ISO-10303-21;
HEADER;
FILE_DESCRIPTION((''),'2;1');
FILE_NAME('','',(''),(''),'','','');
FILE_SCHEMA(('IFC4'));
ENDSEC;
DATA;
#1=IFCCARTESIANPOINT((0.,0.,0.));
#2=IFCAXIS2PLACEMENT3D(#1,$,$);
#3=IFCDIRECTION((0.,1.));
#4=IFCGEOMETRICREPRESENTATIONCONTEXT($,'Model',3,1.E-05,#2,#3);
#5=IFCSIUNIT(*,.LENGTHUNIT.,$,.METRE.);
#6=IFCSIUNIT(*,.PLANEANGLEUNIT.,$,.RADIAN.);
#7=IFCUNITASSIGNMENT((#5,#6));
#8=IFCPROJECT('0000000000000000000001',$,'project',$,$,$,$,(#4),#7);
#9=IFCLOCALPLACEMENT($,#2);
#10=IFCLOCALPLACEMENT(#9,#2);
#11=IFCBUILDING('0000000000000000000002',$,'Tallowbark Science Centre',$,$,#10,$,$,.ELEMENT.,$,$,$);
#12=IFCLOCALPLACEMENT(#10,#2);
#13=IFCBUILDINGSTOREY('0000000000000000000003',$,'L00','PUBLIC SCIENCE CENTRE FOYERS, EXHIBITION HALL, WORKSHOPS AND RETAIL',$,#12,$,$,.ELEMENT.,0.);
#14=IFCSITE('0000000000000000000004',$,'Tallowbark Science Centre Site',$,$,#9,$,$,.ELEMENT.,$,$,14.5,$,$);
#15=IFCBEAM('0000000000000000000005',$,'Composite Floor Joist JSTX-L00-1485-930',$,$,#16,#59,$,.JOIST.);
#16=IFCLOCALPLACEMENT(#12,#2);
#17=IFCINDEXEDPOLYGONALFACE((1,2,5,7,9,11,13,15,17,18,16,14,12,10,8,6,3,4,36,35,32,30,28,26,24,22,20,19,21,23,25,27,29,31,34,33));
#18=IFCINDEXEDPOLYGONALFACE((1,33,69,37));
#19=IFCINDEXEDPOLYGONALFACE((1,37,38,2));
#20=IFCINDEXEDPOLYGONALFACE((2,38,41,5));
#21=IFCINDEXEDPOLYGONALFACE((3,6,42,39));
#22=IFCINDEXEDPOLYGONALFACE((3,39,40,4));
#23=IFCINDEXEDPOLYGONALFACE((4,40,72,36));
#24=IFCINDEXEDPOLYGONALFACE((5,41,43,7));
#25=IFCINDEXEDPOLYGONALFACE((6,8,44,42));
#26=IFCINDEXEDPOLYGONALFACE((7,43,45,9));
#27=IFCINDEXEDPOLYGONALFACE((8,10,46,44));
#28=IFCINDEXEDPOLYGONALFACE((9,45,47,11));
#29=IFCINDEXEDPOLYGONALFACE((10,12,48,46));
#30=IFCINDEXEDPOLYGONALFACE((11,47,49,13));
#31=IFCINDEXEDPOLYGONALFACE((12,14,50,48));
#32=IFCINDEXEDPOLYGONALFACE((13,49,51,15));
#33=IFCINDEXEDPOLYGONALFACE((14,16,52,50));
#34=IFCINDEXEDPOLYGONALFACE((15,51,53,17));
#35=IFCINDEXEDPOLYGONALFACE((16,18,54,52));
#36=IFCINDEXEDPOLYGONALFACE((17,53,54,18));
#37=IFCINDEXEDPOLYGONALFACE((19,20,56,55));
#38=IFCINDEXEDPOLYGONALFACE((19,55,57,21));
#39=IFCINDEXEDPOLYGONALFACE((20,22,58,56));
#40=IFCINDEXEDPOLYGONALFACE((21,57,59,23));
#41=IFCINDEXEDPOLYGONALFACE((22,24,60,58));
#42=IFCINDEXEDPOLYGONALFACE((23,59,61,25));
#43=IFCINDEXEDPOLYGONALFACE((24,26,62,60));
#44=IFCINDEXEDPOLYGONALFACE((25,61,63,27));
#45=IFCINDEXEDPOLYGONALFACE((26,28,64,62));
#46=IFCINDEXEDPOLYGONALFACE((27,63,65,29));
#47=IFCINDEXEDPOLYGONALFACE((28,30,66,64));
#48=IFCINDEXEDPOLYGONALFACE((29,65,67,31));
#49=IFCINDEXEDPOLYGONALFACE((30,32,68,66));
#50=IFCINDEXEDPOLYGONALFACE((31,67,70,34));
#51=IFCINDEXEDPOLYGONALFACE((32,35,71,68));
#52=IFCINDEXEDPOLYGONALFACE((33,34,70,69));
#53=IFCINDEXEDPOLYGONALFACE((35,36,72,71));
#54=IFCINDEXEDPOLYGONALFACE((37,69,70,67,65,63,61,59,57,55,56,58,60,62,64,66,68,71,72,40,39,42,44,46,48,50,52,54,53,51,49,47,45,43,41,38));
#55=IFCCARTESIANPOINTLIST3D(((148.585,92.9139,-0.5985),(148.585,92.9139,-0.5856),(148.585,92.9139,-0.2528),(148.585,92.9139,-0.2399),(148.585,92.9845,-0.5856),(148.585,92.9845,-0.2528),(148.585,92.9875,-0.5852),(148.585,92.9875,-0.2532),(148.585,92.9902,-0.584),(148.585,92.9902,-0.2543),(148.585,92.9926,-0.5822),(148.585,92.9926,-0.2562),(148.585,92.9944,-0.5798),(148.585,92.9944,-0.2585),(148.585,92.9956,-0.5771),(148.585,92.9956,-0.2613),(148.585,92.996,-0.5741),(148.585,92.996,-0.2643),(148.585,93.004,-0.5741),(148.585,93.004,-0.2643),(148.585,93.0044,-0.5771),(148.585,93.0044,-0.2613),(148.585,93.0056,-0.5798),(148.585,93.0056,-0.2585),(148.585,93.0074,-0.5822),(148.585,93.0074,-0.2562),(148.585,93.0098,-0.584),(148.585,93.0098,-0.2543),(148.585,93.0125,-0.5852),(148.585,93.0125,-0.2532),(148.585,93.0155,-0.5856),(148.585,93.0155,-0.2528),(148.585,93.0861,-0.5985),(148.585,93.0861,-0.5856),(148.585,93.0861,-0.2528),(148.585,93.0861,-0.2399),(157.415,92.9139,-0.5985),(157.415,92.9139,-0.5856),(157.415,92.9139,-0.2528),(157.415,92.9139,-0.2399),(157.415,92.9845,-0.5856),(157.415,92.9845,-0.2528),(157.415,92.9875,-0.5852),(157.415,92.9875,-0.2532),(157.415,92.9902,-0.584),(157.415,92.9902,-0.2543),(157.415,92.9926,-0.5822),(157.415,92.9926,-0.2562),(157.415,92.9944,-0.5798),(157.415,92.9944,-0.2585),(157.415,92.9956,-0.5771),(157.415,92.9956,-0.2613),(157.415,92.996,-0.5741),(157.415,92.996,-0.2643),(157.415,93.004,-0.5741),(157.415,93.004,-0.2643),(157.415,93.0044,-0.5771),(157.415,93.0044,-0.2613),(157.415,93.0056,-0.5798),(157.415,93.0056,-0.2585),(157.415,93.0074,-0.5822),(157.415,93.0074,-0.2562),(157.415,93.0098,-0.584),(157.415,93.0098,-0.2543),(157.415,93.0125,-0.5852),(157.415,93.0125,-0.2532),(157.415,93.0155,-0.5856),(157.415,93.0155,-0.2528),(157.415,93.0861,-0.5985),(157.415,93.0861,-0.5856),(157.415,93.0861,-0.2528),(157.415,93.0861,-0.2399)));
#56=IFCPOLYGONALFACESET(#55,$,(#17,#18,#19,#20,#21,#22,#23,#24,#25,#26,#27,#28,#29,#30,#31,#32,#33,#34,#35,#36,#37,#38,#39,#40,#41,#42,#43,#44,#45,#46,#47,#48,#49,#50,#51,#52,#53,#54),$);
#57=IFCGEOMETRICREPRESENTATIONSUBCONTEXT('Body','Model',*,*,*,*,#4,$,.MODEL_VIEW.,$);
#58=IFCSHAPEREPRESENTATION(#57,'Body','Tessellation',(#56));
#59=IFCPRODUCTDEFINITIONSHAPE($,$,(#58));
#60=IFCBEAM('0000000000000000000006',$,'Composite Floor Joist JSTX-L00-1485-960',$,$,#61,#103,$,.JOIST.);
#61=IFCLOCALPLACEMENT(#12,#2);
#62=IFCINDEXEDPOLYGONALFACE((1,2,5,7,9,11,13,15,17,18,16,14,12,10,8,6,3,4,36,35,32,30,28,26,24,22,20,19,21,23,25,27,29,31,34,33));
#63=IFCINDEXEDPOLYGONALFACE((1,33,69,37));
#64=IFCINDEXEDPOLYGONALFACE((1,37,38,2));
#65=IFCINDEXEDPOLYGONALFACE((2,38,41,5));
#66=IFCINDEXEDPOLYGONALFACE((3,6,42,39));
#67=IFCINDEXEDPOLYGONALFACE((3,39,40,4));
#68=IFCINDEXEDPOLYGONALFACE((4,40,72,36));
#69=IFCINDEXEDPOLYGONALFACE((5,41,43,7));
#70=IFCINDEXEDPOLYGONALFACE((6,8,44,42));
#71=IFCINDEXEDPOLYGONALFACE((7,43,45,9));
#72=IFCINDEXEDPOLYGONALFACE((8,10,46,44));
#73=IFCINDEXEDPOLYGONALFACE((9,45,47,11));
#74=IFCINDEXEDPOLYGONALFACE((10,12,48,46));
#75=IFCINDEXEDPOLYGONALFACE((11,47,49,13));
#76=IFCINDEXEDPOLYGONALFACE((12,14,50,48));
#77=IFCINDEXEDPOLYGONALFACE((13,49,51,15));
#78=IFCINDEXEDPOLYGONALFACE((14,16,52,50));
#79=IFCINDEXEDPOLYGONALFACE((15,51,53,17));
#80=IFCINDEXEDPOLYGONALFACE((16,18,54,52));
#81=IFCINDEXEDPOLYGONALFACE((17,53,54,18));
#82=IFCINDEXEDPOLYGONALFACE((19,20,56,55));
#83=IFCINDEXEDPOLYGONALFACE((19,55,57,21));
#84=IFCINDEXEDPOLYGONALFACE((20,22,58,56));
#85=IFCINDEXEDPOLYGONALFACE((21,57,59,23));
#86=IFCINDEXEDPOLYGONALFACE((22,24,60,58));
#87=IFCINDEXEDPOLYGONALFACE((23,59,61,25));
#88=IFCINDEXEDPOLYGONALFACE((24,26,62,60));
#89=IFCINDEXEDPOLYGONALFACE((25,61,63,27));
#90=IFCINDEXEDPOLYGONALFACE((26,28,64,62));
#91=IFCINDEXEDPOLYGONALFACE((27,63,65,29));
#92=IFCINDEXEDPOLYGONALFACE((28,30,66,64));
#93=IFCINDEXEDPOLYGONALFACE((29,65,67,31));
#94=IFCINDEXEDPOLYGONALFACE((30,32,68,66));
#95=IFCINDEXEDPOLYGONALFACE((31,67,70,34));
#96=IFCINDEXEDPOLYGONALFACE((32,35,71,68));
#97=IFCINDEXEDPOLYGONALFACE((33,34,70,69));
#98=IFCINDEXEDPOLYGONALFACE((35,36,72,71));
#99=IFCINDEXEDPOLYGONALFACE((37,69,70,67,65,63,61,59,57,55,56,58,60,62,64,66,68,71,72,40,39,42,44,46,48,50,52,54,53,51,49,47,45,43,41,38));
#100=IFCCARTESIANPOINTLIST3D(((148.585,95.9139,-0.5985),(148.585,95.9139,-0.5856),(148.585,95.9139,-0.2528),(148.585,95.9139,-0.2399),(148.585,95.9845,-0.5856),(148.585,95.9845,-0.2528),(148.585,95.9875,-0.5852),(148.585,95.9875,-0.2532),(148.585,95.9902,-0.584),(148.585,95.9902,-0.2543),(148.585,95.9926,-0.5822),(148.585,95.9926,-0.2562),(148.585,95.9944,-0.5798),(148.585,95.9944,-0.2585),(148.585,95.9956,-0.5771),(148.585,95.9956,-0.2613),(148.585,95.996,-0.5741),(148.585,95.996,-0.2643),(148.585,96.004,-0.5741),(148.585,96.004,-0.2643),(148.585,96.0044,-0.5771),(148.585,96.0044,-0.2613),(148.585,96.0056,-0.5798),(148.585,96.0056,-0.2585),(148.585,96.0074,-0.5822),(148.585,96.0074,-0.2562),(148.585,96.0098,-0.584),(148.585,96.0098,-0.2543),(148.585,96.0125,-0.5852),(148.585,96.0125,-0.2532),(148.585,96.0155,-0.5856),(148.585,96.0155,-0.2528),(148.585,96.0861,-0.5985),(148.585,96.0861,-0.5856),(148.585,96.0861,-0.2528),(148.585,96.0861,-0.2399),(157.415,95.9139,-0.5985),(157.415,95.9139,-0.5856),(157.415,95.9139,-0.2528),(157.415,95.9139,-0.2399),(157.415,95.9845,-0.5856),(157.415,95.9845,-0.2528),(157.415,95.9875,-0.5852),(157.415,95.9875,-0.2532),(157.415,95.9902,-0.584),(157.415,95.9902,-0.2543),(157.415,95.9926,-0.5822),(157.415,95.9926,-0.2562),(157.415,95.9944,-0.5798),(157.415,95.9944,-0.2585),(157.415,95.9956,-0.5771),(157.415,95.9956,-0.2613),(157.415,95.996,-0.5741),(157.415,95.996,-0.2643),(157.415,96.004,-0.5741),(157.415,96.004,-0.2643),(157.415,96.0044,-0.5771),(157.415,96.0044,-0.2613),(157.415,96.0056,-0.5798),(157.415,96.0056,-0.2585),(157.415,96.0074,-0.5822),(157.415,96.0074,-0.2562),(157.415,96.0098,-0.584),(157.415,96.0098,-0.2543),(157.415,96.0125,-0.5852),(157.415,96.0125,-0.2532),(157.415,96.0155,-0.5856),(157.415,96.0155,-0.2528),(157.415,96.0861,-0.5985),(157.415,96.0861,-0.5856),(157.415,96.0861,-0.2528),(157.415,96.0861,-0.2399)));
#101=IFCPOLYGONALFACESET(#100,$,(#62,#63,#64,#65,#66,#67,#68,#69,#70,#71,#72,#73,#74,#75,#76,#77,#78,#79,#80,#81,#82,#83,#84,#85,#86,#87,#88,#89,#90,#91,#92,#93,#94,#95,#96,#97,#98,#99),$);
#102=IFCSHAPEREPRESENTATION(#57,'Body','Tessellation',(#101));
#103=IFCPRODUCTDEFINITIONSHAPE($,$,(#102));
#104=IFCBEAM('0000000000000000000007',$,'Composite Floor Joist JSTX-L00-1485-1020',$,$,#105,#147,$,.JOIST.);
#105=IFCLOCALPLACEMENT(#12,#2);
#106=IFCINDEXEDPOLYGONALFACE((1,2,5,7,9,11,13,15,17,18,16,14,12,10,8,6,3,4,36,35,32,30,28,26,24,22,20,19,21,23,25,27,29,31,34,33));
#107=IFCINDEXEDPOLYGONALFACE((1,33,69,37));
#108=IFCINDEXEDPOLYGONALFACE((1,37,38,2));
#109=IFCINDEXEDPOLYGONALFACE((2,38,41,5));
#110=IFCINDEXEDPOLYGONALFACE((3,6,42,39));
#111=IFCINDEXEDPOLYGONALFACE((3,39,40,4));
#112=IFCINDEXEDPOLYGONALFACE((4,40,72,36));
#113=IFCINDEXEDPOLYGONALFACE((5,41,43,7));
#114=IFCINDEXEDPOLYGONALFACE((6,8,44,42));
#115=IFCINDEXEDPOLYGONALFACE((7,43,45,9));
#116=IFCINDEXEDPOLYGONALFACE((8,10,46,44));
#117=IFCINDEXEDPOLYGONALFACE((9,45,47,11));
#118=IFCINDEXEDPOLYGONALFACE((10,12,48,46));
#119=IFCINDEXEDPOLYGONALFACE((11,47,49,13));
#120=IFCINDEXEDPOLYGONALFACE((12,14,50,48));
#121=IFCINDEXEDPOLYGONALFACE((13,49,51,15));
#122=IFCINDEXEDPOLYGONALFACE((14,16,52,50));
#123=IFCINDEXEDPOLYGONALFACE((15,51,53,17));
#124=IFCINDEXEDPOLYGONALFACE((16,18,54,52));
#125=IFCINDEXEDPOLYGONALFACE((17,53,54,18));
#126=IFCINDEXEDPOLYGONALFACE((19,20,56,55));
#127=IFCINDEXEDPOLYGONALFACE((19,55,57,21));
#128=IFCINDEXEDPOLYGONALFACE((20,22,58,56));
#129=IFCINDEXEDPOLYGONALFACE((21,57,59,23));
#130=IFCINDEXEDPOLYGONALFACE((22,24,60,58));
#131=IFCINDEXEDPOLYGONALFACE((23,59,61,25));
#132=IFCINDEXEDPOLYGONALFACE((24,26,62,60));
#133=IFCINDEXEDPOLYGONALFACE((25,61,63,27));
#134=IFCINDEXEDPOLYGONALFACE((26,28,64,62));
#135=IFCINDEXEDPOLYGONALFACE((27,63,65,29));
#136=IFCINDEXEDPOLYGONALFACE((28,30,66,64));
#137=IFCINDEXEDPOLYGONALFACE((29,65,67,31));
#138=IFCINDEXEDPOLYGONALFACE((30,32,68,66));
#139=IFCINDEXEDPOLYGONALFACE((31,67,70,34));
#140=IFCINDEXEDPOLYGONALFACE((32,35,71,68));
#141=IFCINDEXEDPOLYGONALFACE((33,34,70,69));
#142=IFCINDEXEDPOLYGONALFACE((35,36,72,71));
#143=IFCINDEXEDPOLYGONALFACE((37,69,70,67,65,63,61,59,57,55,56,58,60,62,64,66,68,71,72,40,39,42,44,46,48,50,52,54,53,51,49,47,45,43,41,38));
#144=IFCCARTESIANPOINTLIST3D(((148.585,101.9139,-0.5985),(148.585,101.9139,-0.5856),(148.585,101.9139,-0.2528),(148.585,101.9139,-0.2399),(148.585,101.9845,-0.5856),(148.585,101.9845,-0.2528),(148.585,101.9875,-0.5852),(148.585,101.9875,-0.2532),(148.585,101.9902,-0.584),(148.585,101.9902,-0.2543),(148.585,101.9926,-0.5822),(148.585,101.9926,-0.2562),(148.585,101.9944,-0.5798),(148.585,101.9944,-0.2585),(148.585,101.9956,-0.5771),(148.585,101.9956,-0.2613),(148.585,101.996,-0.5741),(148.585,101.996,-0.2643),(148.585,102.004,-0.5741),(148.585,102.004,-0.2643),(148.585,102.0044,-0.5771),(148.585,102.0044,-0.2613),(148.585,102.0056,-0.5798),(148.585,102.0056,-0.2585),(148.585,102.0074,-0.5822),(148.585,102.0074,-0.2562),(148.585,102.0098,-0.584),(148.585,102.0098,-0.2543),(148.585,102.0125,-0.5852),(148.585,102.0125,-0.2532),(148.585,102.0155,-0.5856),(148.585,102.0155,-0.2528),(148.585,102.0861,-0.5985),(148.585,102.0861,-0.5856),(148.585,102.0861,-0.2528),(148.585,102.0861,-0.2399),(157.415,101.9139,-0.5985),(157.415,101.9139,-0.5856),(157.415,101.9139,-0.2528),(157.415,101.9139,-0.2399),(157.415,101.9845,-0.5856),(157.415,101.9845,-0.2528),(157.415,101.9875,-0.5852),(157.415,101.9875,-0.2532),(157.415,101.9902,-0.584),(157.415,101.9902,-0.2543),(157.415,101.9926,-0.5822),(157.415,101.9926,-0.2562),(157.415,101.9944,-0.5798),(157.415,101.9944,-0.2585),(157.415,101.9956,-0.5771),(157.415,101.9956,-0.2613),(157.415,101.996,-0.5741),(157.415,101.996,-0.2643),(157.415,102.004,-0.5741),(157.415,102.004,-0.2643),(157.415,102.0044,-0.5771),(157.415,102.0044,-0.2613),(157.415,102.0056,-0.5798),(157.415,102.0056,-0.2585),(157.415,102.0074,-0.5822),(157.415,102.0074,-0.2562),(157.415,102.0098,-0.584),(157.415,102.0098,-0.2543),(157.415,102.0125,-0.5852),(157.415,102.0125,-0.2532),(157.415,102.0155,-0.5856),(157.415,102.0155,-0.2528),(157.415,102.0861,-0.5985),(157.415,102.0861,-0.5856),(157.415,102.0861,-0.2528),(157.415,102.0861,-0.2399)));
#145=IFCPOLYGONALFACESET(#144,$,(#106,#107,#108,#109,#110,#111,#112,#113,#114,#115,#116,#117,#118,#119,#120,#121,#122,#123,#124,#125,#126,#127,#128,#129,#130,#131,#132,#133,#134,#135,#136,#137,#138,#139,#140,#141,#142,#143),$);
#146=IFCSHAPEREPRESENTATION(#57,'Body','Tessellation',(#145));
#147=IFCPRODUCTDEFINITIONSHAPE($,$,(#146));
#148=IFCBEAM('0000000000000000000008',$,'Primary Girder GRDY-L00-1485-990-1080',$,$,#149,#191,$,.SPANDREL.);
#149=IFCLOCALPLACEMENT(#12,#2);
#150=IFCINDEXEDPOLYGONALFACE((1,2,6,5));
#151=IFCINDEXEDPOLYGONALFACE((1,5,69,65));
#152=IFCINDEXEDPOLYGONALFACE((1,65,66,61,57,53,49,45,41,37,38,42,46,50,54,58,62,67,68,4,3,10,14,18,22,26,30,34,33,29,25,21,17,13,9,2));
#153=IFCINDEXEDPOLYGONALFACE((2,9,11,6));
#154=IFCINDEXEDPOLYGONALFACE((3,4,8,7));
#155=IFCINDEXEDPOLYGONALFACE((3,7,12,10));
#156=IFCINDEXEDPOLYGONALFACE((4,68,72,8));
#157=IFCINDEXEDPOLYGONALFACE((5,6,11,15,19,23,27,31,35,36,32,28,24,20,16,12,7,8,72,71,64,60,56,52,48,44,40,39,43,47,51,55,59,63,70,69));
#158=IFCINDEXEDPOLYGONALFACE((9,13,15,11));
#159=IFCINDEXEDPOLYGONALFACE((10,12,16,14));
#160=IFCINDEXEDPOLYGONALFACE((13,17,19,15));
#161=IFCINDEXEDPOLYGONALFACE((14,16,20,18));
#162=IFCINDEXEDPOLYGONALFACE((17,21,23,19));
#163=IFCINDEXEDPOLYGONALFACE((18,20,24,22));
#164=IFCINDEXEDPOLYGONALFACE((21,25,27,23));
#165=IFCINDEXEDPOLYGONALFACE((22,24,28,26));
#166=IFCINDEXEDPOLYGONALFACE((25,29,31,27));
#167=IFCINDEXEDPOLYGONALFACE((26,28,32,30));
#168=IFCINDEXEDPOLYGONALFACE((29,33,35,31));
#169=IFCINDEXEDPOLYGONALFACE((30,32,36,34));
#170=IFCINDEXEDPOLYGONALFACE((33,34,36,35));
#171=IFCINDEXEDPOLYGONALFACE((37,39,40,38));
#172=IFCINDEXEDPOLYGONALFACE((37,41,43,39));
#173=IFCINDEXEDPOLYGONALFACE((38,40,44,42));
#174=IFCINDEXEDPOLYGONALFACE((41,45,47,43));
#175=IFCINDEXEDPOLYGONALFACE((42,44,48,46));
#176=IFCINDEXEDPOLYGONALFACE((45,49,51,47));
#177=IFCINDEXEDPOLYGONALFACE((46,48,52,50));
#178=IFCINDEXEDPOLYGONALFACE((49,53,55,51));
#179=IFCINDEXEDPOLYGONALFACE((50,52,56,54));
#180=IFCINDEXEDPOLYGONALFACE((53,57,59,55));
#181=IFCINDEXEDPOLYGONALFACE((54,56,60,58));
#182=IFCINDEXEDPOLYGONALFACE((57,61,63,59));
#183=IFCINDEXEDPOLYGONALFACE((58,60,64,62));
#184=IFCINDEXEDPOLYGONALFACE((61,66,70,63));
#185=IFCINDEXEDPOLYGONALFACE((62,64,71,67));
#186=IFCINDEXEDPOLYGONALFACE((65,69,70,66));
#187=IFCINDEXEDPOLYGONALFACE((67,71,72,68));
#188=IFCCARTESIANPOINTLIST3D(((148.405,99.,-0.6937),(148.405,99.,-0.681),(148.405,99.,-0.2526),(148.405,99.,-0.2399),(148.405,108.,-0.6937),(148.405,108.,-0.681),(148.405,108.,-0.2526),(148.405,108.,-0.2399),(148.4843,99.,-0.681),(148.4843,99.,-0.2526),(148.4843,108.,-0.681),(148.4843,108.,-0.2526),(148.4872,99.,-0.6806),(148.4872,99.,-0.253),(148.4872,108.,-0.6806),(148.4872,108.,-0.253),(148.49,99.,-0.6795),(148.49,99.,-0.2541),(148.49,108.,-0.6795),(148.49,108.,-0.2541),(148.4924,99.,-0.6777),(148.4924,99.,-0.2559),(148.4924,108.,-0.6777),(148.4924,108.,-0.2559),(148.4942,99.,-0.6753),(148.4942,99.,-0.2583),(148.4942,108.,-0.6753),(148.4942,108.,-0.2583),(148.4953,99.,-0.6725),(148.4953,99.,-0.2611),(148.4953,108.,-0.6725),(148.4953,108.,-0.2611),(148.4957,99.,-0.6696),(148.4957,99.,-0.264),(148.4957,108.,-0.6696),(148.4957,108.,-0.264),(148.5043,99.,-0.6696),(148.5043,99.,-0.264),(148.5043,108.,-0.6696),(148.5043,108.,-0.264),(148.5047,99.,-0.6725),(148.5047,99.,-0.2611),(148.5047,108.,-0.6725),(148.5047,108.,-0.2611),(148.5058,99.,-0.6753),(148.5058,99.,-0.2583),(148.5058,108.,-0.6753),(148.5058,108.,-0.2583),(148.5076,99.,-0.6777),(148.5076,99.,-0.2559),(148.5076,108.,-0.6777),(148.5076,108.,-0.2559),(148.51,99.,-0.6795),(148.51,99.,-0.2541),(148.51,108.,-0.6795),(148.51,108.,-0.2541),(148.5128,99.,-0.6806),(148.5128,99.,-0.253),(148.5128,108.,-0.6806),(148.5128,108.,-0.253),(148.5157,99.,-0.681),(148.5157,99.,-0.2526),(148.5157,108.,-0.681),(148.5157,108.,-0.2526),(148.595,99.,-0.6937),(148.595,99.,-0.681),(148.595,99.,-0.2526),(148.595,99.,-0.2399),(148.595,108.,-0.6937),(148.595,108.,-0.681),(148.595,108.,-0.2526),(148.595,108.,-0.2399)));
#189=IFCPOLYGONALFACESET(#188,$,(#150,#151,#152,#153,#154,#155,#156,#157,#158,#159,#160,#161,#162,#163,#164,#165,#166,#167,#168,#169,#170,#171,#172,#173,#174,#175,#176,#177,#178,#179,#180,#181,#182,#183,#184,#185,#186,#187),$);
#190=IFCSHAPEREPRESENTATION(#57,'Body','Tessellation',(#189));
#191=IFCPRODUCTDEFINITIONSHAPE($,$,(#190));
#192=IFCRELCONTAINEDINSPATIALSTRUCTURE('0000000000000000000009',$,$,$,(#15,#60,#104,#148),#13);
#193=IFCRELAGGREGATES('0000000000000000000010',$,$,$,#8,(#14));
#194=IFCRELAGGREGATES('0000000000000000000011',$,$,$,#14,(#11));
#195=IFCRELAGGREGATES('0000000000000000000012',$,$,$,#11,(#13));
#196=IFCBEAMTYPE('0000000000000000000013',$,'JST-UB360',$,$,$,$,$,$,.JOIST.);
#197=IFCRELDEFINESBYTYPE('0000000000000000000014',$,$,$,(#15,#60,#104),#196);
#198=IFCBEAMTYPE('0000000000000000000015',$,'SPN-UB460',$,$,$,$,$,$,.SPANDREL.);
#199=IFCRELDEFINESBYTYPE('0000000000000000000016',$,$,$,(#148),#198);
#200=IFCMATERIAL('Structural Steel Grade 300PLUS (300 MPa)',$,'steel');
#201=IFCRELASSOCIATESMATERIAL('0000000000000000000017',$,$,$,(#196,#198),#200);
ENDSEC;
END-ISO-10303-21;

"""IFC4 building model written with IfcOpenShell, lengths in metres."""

from ifc_helpers import new_model, si_unit, direction, frame, origin, origin_2d, place, context, subcontext, project, spatial, i_section, extrude, material, material_profile, profile_set, type_object, element, save


model = new_model("IFC4")

# Units and contexts
model_context = context("Model", 3, precision=1e-05, world=origin(), true_north=direction((0.0, 1.0)))
body_context = subcontext(model_context, "Body", "Model", "MODEL_VIEW")
ifc_project = project(units=[si_unit("LENGTHUNIT", "METRE"), si_unit("PLANEANGLEUNIT", "RADIAN")], contexts=[model_context])

# Site, building, storey
site_placement = place(None, origin())
site = spatial("IfcSite", under=ifc_project, at=site_placement, Name="Tallowbark Science Centre Site", CompositionType="ELEMENT", RefElevation=14.5)
building_placement = place(site_placement, origin())
building = spatial("IfcBuilding", under=site, at=building_placement, Name="Tallowbark Science Centre", CompositionType="ELEMENT")
storey_placement = place(building_placement, origin())
storey = spatial("IfcBuildingStorey", under=building, at=storey_placement, Name="L00", Description="PUBLIC SCIENCE CENTRE FOYERS, EXHIBITION HALL, WORKSHOPS AND RETAIL", CompositionType="ELEMENT", Elevation=0.0)

# Shared definitions
ifc_material_1 = material(Name="Structural Steel Grade 300PLUS (300 MPa)", Category="steel")

# Beams
ifc_material_profile_1 = material_profile(ifc_material_1, i_section(OverallWidth=0.1721, OverallDepth=0.3586, WebThickness=0.0081, FlangeThickness=0.0129, FilletRadius=0.0115, at=origin_2d()), Name="360UB56.7")
ifc_profile_set_1 = profile_set([ifc_material_profile_1], Name="Structural Steel Grade 300PLUS (300 MPa)")
beam_type_1 = type_object("IfcBeamType", Name="JST-UB360", PredefinedType="JOIST", material=ifc_profile_set_1)
for number, where, z_axis, x_axis, name in (
    (1, (148.585, 93.0, -0.4192), (1.0, 0.0, 0.0), (0.0, 1.0, 0.0), "Composite Floor Joist JSTX-L00-1485-930"),
    (2, (148.585, 96.0, -0.4192), (1.0, 0.0, 0.0), (0.0, 1.0, 0.0), "Composite Floor Joist JSTX-L00-1485-960"),
    (3, (148.585, 102.0, -0.4192), (1.0, 0.0, 0.0), (0.0, 1.0, 0.0), "Composite Floor Joist JSTX-L00-1485-1020"),
):
    element("IfcBeam", number, at=place(storey_placement, frame(where, z_axis=z_axis, x_axis=x_axis)), inside=storey, type_object=beam_type_1, Name=name, PredefinedType="JOIST", context=body_context, shape_type="SweptSolid", body=[
        extrude(i_section(OverallWidth=0.1721, OverallDepth=0.3586, WebThickness=0.0081, FlangeThickness=0.0129, FilletRadius=0.0115, at=origin_2d()), origin(), (0.0, 0.0, 1.0), 8.8301),
    ])
ifc_material_profile_2 = material_profile(ifc_material_1, i_section(OverallWidth=0.1899, OverallDepth=0.4539, WebThickness=0.0085, FlangeThickness=0.0127, FilletRadius=0.0115, at=origin_2d()), Name="460UB67.1")
ifc_profile_set_2 = profile_set([ifc_material_profile_2], Name="Structural Steel Grade 300PLUS (300 MPa)")
beam_type_2 = type_object("IfcBeamType", Name="SPN-UB460", PredefinedType="SPANDREL", material=ifc_profile_set_2)
beam_1_placement = place(storey_placement, frame((148.5, 99.0, -0.4668), z_axis=(0.0, 1.0, 0.0), x_axis=(-1.0, 0.0, 0.0)))
element("IfcBeam", 4, at=beam_1_placement, inside=storey, type_object=beam_type_2, Name="Primary Girder GRDY-L00-1485-990-1080", PredefinedType="SPANDREL", context=body_context, shape_type="SweptSolid", body=[
    extrude(i_section(OverallWidth=0.1899, OverallDepth=0.4539, WebThickness=0.0085, FlangeThickness=0.0127, FilletRadius=0.0115, at=origin_2d()), origin(), (0.0, 0.0, 1.0), 9.0),
])

save(model, "model.ifc")
